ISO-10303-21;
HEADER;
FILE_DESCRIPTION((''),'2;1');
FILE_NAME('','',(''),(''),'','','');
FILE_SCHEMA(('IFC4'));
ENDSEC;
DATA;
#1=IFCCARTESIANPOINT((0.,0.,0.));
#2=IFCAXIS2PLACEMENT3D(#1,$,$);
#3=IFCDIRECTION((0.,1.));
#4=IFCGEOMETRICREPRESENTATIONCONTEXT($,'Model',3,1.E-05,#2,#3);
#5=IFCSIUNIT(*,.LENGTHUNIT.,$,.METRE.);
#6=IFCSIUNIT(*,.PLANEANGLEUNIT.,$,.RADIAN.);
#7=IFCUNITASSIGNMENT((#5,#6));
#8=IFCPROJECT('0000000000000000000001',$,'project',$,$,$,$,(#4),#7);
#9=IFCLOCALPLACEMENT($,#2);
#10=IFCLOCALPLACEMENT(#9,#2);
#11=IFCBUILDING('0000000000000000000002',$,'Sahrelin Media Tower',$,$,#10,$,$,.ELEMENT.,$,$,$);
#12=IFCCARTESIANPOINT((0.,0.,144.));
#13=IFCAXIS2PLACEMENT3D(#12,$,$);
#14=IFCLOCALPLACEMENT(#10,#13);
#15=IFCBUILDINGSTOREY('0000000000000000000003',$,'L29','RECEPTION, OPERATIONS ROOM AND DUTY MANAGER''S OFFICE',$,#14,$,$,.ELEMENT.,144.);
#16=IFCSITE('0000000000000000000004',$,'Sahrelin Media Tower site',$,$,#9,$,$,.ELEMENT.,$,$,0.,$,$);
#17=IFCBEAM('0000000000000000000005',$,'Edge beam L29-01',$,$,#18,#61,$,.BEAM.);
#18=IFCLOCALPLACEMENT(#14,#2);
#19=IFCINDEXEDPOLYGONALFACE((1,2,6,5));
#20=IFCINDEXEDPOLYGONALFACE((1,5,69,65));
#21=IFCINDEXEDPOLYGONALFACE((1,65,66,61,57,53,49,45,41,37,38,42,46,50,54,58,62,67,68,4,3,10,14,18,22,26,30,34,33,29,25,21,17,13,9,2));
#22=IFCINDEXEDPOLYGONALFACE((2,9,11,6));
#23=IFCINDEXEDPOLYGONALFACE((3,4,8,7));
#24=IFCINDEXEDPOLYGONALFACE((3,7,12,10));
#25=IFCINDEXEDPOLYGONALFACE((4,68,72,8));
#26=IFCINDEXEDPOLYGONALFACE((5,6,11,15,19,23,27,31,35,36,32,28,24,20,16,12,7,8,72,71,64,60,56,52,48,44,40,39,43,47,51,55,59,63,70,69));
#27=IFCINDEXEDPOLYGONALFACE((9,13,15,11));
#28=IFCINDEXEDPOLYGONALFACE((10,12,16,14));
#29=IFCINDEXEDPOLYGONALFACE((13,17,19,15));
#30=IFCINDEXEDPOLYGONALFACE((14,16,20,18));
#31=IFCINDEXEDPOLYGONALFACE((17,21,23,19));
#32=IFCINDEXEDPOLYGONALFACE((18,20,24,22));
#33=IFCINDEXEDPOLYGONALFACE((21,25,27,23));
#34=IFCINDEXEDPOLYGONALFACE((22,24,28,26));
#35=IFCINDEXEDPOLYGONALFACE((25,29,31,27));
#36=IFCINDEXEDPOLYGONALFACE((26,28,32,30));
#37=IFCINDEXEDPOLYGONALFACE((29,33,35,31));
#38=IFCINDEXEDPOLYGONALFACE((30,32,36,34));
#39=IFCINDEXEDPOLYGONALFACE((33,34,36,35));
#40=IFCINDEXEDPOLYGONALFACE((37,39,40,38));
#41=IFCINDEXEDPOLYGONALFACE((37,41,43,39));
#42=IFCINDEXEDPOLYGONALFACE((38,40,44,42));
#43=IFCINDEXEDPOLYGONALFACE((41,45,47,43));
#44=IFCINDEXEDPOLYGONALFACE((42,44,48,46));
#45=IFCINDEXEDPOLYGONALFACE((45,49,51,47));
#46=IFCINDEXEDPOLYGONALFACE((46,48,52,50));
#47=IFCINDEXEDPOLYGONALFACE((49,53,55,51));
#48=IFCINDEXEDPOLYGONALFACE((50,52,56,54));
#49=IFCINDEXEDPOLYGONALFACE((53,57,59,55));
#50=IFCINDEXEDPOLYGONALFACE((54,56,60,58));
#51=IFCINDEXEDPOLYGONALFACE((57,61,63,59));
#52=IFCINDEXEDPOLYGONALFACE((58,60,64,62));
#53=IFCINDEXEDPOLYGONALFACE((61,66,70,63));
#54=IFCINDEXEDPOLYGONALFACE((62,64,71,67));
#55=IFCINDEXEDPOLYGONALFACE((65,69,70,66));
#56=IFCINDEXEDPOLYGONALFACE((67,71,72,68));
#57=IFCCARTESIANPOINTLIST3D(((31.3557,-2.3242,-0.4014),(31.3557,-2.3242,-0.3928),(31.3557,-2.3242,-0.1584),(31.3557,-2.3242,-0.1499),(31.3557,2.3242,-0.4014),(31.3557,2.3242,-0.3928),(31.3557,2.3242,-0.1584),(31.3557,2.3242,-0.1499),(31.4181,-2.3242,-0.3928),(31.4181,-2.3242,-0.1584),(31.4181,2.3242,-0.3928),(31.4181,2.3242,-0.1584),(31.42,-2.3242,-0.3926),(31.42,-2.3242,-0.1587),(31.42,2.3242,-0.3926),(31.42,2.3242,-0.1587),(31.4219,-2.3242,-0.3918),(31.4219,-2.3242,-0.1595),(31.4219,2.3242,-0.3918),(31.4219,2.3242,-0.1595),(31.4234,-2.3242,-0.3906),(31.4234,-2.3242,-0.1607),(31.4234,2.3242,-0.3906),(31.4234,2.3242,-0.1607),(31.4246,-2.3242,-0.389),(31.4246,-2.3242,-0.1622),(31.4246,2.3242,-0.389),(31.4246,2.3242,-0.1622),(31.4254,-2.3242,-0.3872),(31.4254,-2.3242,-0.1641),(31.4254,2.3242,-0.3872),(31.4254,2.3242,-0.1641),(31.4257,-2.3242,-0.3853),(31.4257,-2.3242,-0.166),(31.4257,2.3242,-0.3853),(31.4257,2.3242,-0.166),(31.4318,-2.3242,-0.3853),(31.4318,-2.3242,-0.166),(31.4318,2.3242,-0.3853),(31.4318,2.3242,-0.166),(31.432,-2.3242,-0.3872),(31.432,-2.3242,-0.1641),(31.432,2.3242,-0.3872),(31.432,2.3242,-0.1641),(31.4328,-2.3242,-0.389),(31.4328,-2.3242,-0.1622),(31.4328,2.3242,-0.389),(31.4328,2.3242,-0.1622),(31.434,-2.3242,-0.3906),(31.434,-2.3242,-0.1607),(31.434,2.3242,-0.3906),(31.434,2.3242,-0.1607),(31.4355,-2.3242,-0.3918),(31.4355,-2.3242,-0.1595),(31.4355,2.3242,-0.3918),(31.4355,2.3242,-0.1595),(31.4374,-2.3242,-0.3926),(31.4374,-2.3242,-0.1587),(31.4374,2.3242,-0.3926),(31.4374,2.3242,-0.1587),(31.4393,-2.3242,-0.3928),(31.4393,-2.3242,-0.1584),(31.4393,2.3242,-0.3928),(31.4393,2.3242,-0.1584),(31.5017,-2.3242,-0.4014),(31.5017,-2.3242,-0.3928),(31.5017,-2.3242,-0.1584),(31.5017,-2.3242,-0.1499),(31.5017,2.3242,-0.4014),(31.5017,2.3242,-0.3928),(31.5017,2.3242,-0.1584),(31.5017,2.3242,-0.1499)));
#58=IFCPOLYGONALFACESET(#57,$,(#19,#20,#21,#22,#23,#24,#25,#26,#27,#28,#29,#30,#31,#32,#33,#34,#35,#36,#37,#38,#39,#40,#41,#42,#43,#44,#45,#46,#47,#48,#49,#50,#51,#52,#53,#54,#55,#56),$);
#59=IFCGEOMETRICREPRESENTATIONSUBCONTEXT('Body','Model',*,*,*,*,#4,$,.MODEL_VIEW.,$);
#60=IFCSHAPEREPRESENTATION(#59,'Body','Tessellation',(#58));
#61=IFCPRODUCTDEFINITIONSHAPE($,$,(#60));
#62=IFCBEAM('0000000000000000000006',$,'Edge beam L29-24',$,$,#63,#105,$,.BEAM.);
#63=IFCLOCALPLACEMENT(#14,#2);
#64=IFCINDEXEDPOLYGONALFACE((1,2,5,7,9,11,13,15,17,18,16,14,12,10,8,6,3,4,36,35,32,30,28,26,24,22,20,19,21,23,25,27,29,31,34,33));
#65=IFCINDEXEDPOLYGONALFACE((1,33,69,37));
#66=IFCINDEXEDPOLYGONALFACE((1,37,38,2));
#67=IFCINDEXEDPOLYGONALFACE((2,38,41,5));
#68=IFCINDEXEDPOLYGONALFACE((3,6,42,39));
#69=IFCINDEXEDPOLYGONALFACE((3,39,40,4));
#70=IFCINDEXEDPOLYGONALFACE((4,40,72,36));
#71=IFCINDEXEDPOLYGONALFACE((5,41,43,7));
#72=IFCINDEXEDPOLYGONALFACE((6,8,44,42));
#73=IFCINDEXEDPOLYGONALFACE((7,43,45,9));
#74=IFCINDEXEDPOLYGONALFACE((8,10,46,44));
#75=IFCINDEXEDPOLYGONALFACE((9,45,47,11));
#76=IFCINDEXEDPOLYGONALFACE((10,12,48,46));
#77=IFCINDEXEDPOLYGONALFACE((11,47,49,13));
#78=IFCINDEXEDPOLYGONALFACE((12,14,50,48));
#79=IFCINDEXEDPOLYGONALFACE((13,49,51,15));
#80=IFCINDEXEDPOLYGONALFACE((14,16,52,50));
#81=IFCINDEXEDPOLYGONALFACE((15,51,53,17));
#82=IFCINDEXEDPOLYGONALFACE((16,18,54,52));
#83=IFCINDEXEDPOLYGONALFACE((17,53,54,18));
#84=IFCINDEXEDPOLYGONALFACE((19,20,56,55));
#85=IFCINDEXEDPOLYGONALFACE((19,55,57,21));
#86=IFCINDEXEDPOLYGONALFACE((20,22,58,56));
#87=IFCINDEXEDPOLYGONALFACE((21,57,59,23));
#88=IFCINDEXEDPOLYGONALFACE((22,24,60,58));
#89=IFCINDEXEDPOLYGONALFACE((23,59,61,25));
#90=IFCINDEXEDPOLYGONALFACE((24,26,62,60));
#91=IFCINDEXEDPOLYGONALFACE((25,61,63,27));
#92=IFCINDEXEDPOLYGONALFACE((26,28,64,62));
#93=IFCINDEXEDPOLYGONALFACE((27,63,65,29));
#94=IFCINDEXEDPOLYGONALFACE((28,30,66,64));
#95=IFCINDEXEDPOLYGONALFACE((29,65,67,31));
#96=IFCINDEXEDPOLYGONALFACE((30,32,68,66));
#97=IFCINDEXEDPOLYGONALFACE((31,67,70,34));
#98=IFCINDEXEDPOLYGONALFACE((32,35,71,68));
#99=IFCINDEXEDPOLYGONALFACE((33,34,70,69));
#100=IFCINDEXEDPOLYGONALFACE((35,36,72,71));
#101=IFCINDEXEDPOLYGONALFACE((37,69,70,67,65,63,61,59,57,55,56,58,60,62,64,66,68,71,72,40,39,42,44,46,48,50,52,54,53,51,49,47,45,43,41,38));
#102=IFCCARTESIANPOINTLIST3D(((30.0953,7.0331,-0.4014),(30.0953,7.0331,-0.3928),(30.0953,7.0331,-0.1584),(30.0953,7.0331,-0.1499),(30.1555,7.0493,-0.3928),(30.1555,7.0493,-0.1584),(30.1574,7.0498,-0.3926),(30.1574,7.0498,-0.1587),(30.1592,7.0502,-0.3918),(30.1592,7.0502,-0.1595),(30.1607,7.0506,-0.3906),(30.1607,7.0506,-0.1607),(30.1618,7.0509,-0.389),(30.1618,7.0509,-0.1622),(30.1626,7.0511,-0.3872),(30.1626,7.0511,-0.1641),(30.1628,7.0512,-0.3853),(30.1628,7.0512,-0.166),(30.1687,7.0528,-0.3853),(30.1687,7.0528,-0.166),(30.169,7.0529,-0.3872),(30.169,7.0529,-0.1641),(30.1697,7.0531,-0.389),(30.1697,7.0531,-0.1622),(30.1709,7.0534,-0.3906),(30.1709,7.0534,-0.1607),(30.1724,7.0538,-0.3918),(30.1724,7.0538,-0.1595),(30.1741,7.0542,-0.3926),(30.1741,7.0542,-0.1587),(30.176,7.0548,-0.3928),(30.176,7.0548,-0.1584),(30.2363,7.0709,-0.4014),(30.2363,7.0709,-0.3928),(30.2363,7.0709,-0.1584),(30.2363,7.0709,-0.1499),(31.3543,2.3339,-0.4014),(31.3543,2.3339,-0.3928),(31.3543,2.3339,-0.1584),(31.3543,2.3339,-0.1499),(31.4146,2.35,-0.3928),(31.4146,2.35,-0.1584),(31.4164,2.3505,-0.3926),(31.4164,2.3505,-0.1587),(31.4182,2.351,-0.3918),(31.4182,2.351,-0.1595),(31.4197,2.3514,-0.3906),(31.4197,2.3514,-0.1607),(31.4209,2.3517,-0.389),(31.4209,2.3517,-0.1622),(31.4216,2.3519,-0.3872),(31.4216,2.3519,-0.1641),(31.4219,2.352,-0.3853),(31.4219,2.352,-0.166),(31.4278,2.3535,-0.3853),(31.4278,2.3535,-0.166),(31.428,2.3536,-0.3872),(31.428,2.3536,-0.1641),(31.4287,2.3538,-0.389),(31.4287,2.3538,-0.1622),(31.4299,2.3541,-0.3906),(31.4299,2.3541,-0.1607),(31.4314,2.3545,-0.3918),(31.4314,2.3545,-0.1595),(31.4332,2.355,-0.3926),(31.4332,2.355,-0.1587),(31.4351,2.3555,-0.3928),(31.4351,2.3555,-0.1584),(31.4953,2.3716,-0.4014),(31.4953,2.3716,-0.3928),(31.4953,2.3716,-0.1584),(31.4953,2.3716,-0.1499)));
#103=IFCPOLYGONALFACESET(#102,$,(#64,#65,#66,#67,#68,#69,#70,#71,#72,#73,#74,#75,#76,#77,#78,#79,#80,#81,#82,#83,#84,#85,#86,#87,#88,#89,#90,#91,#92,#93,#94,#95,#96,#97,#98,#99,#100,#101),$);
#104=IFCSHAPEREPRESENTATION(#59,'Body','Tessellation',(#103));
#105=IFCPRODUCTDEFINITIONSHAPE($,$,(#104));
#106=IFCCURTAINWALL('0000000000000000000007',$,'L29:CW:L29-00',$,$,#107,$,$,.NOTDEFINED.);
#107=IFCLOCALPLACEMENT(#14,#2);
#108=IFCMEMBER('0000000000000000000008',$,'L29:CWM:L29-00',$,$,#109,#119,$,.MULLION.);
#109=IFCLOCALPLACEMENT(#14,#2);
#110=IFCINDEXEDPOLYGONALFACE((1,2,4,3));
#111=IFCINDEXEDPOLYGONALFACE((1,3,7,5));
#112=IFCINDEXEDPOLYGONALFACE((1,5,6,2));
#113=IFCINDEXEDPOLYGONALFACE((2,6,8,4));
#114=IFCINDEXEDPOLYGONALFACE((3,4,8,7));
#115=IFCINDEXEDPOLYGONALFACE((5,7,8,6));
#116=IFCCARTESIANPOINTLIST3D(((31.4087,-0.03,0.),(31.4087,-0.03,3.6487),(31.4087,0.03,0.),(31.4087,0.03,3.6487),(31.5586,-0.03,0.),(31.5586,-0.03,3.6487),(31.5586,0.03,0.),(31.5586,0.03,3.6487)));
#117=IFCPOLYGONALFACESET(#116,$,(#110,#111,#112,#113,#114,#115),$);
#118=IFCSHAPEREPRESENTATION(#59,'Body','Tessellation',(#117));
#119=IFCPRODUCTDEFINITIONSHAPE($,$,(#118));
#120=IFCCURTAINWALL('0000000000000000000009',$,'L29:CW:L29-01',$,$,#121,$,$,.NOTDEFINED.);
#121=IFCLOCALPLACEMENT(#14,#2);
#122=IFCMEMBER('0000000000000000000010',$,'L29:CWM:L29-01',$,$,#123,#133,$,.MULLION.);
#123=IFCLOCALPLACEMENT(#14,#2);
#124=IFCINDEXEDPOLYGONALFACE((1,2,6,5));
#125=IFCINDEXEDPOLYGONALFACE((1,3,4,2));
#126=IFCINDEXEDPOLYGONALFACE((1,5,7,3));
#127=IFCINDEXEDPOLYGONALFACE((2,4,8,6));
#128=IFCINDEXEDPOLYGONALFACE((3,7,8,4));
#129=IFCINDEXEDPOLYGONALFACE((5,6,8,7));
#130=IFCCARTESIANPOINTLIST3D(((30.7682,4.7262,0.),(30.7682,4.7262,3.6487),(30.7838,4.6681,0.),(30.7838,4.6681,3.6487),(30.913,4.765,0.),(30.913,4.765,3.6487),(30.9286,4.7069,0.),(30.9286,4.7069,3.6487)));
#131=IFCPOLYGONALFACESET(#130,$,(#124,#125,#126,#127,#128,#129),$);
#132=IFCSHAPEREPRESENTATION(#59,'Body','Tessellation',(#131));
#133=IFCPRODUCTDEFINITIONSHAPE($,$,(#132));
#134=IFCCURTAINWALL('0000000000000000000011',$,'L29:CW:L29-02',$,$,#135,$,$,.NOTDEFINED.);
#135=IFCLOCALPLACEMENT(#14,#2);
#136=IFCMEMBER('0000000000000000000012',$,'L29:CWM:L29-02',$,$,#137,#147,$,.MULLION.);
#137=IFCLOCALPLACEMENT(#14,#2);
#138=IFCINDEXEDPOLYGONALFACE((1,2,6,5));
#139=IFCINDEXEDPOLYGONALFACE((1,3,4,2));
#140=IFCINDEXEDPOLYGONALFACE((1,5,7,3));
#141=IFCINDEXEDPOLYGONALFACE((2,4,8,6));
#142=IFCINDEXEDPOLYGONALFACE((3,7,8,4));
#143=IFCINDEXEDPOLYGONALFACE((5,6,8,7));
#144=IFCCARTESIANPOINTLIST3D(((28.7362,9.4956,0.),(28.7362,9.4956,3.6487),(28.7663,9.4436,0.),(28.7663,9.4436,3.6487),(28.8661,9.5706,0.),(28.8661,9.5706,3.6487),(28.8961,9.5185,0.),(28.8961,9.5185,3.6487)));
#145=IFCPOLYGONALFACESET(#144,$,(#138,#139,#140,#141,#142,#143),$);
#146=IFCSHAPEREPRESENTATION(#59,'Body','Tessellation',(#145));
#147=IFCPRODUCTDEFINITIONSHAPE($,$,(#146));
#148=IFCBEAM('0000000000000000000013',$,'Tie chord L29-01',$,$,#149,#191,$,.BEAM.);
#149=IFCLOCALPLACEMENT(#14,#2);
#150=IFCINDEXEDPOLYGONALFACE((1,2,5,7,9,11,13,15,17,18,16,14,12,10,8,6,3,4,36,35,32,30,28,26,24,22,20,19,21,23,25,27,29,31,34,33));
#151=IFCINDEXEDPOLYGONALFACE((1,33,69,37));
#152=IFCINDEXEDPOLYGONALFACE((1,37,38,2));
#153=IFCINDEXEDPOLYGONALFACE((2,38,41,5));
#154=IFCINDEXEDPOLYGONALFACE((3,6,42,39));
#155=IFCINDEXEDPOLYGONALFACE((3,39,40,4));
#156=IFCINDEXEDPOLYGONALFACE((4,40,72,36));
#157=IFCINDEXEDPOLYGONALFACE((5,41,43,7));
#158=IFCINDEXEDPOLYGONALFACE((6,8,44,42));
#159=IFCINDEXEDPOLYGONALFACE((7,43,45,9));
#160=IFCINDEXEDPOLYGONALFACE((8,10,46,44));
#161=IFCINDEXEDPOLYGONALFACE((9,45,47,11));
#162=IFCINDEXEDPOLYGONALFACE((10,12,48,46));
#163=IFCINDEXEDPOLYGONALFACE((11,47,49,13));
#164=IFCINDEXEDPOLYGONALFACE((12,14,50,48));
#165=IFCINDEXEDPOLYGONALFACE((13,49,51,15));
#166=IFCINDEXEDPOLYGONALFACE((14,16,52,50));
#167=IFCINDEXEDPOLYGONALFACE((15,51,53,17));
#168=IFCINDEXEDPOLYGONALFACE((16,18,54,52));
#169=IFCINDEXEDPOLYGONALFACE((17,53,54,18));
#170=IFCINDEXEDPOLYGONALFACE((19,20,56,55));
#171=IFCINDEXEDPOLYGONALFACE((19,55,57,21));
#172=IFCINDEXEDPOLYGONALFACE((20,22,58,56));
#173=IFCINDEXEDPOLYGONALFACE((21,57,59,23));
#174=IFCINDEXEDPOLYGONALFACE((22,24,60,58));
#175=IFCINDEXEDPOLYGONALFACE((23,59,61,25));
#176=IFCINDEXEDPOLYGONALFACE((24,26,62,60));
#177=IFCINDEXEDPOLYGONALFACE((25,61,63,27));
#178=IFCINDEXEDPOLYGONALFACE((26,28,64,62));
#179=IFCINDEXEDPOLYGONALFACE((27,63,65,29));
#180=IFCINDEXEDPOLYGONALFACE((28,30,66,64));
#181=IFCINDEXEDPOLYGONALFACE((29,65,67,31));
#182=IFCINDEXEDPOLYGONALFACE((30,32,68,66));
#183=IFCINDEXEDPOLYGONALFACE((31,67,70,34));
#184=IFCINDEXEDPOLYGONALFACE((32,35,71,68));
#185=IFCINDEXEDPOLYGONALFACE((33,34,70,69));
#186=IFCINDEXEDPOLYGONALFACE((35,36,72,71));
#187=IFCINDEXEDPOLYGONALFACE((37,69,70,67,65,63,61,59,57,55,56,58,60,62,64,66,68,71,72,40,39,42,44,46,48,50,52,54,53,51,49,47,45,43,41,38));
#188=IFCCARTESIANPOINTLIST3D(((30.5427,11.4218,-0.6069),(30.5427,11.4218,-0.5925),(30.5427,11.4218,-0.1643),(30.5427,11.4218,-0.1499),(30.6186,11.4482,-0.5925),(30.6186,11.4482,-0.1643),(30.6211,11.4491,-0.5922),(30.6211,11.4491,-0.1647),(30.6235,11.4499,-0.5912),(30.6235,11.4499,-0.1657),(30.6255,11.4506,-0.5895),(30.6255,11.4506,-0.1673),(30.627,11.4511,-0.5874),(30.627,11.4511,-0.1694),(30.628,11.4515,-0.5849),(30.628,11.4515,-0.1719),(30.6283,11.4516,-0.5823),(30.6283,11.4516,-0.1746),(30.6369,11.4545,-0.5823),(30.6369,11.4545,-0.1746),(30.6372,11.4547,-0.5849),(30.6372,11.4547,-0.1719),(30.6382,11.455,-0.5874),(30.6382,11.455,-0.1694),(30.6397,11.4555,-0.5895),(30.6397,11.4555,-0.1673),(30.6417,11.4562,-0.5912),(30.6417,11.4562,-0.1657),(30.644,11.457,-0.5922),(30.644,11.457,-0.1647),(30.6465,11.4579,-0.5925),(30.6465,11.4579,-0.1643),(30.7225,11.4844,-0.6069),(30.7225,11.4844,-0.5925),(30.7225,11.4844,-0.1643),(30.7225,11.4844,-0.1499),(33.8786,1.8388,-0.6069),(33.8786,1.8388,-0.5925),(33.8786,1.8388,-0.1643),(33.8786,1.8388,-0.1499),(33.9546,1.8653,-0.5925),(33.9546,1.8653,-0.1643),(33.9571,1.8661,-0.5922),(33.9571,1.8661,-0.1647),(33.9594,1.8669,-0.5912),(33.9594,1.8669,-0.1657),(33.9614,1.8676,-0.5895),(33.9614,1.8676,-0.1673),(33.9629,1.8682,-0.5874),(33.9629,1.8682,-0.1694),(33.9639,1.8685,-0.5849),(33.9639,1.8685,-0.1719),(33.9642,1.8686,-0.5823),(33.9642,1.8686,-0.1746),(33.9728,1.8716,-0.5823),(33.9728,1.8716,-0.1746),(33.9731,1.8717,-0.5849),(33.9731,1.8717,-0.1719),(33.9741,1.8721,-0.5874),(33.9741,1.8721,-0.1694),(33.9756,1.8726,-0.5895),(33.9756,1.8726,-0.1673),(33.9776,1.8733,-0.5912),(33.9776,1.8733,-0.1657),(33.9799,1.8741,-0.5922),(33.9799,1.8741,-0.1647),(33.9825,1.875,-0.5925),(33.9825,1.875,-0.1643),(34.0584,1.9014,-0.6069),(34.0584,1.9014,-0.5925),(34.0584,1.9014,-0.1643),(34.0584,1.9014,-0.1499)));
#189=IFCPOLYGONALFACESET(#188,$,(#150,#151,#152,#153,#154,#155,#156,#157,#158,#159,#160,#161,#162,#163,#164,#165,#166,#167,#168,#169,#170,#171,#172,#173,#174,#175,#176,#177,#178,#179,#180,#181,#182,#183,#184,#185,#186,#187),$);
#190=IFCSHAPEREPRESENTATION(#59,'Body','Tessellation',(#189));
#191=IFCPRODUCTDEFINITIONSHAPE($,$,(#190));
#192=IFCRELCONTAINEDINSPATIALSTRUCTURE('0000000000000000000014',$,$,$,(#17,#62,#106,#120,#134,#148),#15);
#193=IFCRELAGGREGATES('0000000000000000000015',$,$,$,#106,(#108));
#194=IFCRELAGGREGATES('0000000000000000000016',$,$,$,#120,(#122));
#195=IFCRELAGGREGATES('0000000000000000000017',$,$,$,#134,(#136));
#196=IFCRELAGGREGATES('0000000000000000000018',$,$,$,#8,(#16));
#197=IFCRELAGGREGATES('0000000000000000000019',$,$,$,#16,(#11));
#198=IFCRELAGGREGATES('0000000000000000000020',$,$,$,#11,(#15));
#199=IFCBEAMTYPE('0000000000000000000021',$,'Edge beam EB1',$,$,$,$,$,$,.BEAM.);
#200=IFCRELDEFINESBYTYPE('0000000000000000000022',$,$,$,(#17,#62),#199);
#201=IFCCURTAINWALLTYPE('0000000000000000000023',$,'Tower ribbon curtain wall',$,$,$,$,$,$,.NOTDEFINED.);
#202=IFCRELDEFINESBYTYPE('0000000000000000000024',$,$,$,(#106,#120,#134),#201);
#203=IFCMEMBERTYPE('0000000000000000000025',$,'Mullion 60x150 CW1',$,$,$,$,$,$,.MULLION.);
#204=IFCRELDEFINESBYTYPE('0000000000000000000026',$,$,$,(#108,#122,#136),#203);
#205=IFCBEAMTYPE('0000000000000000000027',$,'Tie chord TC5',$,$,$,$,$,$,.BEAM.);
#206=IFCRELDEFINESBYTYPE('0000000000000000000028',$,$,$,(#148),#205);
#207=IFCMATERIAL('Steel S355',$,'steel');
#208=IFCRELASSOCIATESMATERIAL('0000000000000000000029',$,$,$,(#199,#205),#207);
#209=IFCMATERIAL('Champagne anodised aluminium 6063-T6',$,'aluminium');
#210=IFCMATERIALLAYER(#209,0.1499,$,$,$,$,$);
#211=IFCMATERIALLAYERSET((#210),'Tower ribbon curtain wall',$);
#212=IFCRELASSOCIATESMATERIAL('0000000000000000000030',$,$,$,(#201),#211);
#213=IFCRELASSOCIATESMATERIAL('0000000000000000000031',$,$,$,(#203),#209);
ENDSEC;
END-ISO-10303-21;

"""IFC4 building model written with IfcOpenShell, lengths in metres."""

from ifc_helpers import new_model, si_unit, direction, frame, origin, origin_2d, place, context, subcontext, project, spatial, rectangle, i_section, extrude, material, layer, layer_set, material_profile, profile_set, type_object, element, aggregate, save


model = new_model("IFC4")

# Units and contexts
model_context = context("Model", 3, precision=1e-05, world=origin(), true_north=direction((0.0, 1.0)))
body_context = subcontext(model_context, "Body", "Model", "MODEL_VIEW")
ifc_project = project(units=[si_unit("LENGTHUNIT", "METRE"), si_unit("PLANEANGLEUNIT", "RADIAN")], contexts=[model_context])

# Site, building, storey
site_placement = place(None, origin())
site = spatial("IfcSite", under=ifc_project, at=site_placement, Name="Sahrelin Media Tower site", CompositionType="ELEMENT", RefElevation=0.0)
building_placement = place(site_placement, origin())
building = spatial("IfcBuilding", under=site, at=building_placement, Name="Sahrelin Media Tower", CompositionType="ELEMENT")
storey_placement = place(building_placement, frame((0.0, 0.0, 144.0)))
storey = spatial("IfcBuildingStorey", under=building, at=storey_placement, Name="L29", Description="RECEPTION, OPERATIONS ROOM AND DUTY MANAGER'S OFFICE", CompositionType="ELEMENT", Elevation=144.0)

# Beams
ifc_material_1 = material(Name="Steel S355", Category="steel")
ifc_material_profile_1 = material_profile(ifc_material_1, i_section(OverallWidth=0.146, OverallDepth=0.2515, WebThickness=0.0061, FlangeThickness=0.0085, FilletRadius=0.0076, at=origin_2d()), Name="UB 254x146x31")
ifc_profile_set_1 = profile_set([ifc_material_profile_1], Name="Steel S355")
beam_type_1 = type_object("IfcBeamType", Name="Edge beam EB1", PredefinedType="BEAM", material=ifc_profile_set_1)
beam_1_placement = place(storey_placement, frame((31.4287, 2.3242, -0.2756), z_axis=(0.0, -1.0, 0.0), x_axis=(1.0, 0.0, 0.0)))
element("IfcBeam", 1, at=beam_1_placement, inside=storey, type_object=beam_type_1, Name="Edge beam L29-01", PredefinedType="BEAM", context=body_context, shape_type="SweptSolid", body=[
    extrude(i_section(OverallWidth=0.146, OverallDepth=0.2515, WebThickness=0.0061, FlangeThickness=0.0085, FilletRadius=0.0076, at=origin_2d()), origin(), (0.0, 0.0, 1.0), 4.6484),
])
beam_2_placement = place(storey_placement, frame((30.1658, 7.052, -0.2756), z_axis=(0.258796, -0.965932, 0.0), x_axis=(0.965932, 0.258796, 0.0)))
element("IfcBeam", 2, at=beam_2_placement, inside=storey, type_object=beam_type_1, Name="Edge beam L29-24", PredefinedType="BEAM", context=body_context, shape_type="SweptSolid", body=[
    extrude(i_section(OverallWidth=0.146, OverallDepth=0.2515, WebThickness=0.0061, FlangeThickness=0.0085, FilletRadius=0.0076, at=origin_2d()), origin(), (0.0, 0.0, 1.0), 4.865),
])

# Curtain walls, members
ifc_material_2 = material(Name="Champagne anodised aluminium 6063-T6", Category="aluminium")
ifc_layer_1 = layer(ifc_material_2, 0.1499)
ifc_layer_set_1 = layer_set([ifc_layer_1], Name="Tower ribbon curtain wall")
curtain_wall_type = type_object("IfcCurtainWallType", Name="Tower ribbon curtain wall", PredefinedType="NOTDEFINED", material=ifc_layer_set_1)
curtain_wall_1_placement = place(storey_placement, frame((31.5786, 0.0, 0.0), z_axis=(0.0, 0.0, 1.0), x_axis=(1.0, 0.0, 0.0)))
curtain_wall_1 = element("IfcCurtainWall", 3, at=curtain_wall_1_placement, inside=storey, type_object=curtain_wall_type, Name="L29:CW:L29-00", PredefinedType="NOTDEFINED")
ifc_material_profile_2 = material_profile(ifc_material_2, rectangle(XDim=0.0601, YDim=0.1499, at=origin_2d()), Name="Mullion 60x150")
ifc_profile_set_2 = profile_set([ifc_material_profile_2], Name="Champagne anodised aluminium 6063-T6")
member_type_1 = type_object("IfcMemberType", Name="Mullion 60x150 CW1", PredefinedType="MULLION", material=ifc_profile_set_2)
member_1_placement = place(storey_placement, frame((31.4836, 0.0, 0.0), z_axis=(0.0, 0.0, 1.0), x_axis=(0.0, 1.0, 0.0)))
member_1 = element("IfcMember", 4, at=member_1_placement, type_object=member_type_1, Name="L29:CWM:L29-00", PredefinedType="MULLION", context=body_context, shape_type="SweptSolid", body=[
    extrude(rectangle(XDim=0.0601, YDim=0.1499, at=origin_2d()), origin(), (0.0, 0.0, 1.0), 3.6487),
])
aggregate(curtain_wall_1, [member_1])
curtain_wall_2_placement = place(storey_placement, frame((30.9402, 4.7412, 0.0), z_axis=(0.0, 0.0, 1.0), x_axis=(1.0, 0.0, 0.0)))
curtain_wall_2 = element("IfcCurtainWall", 5, at=curtain_wall_2_placement, inside=storey, type_object=curtain_wall_type, Name="L29:CW:L29-01", PredefinedType="NOTDEFINED")
member_2_placement = place(storey_placement, frame((30.8484, 4.7166, 0.0), z_axis=(0.0, 0.0, 1.0), x_axis=(-0.258827, 0.965924, 0.0)))
member_2 = element("IfcMember", 6, at=member_2_placement, type_object=member_type_1, Name="L29:CWM:L29-01", PredefinedType="MULLION", context=body_context, shape_type="SweptSolid", body=[
    extrude(rectangle(XDim=0.0601, YDim=0.1499, at=origin_2d()), origin(), (0.0, 0.0, 1.0), 3.6487),
])
curtain_wall_3_placement = place(storey_placement, frame((28.8984, 9.5547, 0.0), z_axis=(0.0, 0.0, 1.0), x_axis=(1.0, 0.0, 0.0)))
curtain_wall_3 = element("IfcCurtainWall", 7, at=curtain_wall_3_placement, inside=storey, type_object=curtain_wall_type, Name="L29:CW:L29-02", PredefinedType="NOTDEFINED")
member_3_placement = place(storey_placement, frame((28.8162, 9.5071, 0.0), z_axis=(0.0, 0.0, 1.0), x_axis=(-0.499994, 0.866029, 0.0)))
member_3 = element("IfcMember", 8, at=member_3_placement, type_object=member_type_1, Name="L29:CWM:L29-02", PredefinedType="MULLION", context=body_context, shape_type="SweptSolid", body=[
    extrude(rectangle(XDim=0.0601, YDim=0.1499, at=origin_2d()), origin(), (0.0, 0.0, 1.0), 3.6487),
])

# Beam
ifc_material_profile_3 = material_profile(ifc_material_1, i_section(OverallWidth=0.1904, OverallDepth=0.457, WebThickness=0.009, FlangeThickness=0.0144, FilletRadius=0.0103, at=origin_2d()), Name="UB 457x191x74")
ifc_profile_set_3 = profile_set([ifc_material_profile_3], Name="Steel S355")
beam_type_2 = type_object("IfcBeamType", Name="Tie chord TC5", PredefinedType="BEAM", material=ifc_profile_set_3)
beam_3_placement = place(storey_placement, frame((33.9685, 1.8701, -0.3784), z_axis=(-0.32876, 0.944414, 0.0), x_axis=(-0.944414, -0.32876, 0.0)))
element("IfcBeam", 9, at=beam_3_placement, inside=storey, type_object=beam_type_2, Name="Tie chord L29-01", PredefinedType="BEAM", context=body_context, shape_type="SweptSolid", body=[
    extrude(i_section(OverallWidth=0.1904, OverallDepth=0.457, WebThickness=0.009, FlangeThickness=0.0144, FilletRadius=0.0103, at=origin_2d()), origin(), (0.0, 0.0, 1.0), 10.147),
])

aggregate(curtain_wall_2, [member_2])
aggregate(curtain_wall_3, [member_3])

save(model, "model.ifc")
